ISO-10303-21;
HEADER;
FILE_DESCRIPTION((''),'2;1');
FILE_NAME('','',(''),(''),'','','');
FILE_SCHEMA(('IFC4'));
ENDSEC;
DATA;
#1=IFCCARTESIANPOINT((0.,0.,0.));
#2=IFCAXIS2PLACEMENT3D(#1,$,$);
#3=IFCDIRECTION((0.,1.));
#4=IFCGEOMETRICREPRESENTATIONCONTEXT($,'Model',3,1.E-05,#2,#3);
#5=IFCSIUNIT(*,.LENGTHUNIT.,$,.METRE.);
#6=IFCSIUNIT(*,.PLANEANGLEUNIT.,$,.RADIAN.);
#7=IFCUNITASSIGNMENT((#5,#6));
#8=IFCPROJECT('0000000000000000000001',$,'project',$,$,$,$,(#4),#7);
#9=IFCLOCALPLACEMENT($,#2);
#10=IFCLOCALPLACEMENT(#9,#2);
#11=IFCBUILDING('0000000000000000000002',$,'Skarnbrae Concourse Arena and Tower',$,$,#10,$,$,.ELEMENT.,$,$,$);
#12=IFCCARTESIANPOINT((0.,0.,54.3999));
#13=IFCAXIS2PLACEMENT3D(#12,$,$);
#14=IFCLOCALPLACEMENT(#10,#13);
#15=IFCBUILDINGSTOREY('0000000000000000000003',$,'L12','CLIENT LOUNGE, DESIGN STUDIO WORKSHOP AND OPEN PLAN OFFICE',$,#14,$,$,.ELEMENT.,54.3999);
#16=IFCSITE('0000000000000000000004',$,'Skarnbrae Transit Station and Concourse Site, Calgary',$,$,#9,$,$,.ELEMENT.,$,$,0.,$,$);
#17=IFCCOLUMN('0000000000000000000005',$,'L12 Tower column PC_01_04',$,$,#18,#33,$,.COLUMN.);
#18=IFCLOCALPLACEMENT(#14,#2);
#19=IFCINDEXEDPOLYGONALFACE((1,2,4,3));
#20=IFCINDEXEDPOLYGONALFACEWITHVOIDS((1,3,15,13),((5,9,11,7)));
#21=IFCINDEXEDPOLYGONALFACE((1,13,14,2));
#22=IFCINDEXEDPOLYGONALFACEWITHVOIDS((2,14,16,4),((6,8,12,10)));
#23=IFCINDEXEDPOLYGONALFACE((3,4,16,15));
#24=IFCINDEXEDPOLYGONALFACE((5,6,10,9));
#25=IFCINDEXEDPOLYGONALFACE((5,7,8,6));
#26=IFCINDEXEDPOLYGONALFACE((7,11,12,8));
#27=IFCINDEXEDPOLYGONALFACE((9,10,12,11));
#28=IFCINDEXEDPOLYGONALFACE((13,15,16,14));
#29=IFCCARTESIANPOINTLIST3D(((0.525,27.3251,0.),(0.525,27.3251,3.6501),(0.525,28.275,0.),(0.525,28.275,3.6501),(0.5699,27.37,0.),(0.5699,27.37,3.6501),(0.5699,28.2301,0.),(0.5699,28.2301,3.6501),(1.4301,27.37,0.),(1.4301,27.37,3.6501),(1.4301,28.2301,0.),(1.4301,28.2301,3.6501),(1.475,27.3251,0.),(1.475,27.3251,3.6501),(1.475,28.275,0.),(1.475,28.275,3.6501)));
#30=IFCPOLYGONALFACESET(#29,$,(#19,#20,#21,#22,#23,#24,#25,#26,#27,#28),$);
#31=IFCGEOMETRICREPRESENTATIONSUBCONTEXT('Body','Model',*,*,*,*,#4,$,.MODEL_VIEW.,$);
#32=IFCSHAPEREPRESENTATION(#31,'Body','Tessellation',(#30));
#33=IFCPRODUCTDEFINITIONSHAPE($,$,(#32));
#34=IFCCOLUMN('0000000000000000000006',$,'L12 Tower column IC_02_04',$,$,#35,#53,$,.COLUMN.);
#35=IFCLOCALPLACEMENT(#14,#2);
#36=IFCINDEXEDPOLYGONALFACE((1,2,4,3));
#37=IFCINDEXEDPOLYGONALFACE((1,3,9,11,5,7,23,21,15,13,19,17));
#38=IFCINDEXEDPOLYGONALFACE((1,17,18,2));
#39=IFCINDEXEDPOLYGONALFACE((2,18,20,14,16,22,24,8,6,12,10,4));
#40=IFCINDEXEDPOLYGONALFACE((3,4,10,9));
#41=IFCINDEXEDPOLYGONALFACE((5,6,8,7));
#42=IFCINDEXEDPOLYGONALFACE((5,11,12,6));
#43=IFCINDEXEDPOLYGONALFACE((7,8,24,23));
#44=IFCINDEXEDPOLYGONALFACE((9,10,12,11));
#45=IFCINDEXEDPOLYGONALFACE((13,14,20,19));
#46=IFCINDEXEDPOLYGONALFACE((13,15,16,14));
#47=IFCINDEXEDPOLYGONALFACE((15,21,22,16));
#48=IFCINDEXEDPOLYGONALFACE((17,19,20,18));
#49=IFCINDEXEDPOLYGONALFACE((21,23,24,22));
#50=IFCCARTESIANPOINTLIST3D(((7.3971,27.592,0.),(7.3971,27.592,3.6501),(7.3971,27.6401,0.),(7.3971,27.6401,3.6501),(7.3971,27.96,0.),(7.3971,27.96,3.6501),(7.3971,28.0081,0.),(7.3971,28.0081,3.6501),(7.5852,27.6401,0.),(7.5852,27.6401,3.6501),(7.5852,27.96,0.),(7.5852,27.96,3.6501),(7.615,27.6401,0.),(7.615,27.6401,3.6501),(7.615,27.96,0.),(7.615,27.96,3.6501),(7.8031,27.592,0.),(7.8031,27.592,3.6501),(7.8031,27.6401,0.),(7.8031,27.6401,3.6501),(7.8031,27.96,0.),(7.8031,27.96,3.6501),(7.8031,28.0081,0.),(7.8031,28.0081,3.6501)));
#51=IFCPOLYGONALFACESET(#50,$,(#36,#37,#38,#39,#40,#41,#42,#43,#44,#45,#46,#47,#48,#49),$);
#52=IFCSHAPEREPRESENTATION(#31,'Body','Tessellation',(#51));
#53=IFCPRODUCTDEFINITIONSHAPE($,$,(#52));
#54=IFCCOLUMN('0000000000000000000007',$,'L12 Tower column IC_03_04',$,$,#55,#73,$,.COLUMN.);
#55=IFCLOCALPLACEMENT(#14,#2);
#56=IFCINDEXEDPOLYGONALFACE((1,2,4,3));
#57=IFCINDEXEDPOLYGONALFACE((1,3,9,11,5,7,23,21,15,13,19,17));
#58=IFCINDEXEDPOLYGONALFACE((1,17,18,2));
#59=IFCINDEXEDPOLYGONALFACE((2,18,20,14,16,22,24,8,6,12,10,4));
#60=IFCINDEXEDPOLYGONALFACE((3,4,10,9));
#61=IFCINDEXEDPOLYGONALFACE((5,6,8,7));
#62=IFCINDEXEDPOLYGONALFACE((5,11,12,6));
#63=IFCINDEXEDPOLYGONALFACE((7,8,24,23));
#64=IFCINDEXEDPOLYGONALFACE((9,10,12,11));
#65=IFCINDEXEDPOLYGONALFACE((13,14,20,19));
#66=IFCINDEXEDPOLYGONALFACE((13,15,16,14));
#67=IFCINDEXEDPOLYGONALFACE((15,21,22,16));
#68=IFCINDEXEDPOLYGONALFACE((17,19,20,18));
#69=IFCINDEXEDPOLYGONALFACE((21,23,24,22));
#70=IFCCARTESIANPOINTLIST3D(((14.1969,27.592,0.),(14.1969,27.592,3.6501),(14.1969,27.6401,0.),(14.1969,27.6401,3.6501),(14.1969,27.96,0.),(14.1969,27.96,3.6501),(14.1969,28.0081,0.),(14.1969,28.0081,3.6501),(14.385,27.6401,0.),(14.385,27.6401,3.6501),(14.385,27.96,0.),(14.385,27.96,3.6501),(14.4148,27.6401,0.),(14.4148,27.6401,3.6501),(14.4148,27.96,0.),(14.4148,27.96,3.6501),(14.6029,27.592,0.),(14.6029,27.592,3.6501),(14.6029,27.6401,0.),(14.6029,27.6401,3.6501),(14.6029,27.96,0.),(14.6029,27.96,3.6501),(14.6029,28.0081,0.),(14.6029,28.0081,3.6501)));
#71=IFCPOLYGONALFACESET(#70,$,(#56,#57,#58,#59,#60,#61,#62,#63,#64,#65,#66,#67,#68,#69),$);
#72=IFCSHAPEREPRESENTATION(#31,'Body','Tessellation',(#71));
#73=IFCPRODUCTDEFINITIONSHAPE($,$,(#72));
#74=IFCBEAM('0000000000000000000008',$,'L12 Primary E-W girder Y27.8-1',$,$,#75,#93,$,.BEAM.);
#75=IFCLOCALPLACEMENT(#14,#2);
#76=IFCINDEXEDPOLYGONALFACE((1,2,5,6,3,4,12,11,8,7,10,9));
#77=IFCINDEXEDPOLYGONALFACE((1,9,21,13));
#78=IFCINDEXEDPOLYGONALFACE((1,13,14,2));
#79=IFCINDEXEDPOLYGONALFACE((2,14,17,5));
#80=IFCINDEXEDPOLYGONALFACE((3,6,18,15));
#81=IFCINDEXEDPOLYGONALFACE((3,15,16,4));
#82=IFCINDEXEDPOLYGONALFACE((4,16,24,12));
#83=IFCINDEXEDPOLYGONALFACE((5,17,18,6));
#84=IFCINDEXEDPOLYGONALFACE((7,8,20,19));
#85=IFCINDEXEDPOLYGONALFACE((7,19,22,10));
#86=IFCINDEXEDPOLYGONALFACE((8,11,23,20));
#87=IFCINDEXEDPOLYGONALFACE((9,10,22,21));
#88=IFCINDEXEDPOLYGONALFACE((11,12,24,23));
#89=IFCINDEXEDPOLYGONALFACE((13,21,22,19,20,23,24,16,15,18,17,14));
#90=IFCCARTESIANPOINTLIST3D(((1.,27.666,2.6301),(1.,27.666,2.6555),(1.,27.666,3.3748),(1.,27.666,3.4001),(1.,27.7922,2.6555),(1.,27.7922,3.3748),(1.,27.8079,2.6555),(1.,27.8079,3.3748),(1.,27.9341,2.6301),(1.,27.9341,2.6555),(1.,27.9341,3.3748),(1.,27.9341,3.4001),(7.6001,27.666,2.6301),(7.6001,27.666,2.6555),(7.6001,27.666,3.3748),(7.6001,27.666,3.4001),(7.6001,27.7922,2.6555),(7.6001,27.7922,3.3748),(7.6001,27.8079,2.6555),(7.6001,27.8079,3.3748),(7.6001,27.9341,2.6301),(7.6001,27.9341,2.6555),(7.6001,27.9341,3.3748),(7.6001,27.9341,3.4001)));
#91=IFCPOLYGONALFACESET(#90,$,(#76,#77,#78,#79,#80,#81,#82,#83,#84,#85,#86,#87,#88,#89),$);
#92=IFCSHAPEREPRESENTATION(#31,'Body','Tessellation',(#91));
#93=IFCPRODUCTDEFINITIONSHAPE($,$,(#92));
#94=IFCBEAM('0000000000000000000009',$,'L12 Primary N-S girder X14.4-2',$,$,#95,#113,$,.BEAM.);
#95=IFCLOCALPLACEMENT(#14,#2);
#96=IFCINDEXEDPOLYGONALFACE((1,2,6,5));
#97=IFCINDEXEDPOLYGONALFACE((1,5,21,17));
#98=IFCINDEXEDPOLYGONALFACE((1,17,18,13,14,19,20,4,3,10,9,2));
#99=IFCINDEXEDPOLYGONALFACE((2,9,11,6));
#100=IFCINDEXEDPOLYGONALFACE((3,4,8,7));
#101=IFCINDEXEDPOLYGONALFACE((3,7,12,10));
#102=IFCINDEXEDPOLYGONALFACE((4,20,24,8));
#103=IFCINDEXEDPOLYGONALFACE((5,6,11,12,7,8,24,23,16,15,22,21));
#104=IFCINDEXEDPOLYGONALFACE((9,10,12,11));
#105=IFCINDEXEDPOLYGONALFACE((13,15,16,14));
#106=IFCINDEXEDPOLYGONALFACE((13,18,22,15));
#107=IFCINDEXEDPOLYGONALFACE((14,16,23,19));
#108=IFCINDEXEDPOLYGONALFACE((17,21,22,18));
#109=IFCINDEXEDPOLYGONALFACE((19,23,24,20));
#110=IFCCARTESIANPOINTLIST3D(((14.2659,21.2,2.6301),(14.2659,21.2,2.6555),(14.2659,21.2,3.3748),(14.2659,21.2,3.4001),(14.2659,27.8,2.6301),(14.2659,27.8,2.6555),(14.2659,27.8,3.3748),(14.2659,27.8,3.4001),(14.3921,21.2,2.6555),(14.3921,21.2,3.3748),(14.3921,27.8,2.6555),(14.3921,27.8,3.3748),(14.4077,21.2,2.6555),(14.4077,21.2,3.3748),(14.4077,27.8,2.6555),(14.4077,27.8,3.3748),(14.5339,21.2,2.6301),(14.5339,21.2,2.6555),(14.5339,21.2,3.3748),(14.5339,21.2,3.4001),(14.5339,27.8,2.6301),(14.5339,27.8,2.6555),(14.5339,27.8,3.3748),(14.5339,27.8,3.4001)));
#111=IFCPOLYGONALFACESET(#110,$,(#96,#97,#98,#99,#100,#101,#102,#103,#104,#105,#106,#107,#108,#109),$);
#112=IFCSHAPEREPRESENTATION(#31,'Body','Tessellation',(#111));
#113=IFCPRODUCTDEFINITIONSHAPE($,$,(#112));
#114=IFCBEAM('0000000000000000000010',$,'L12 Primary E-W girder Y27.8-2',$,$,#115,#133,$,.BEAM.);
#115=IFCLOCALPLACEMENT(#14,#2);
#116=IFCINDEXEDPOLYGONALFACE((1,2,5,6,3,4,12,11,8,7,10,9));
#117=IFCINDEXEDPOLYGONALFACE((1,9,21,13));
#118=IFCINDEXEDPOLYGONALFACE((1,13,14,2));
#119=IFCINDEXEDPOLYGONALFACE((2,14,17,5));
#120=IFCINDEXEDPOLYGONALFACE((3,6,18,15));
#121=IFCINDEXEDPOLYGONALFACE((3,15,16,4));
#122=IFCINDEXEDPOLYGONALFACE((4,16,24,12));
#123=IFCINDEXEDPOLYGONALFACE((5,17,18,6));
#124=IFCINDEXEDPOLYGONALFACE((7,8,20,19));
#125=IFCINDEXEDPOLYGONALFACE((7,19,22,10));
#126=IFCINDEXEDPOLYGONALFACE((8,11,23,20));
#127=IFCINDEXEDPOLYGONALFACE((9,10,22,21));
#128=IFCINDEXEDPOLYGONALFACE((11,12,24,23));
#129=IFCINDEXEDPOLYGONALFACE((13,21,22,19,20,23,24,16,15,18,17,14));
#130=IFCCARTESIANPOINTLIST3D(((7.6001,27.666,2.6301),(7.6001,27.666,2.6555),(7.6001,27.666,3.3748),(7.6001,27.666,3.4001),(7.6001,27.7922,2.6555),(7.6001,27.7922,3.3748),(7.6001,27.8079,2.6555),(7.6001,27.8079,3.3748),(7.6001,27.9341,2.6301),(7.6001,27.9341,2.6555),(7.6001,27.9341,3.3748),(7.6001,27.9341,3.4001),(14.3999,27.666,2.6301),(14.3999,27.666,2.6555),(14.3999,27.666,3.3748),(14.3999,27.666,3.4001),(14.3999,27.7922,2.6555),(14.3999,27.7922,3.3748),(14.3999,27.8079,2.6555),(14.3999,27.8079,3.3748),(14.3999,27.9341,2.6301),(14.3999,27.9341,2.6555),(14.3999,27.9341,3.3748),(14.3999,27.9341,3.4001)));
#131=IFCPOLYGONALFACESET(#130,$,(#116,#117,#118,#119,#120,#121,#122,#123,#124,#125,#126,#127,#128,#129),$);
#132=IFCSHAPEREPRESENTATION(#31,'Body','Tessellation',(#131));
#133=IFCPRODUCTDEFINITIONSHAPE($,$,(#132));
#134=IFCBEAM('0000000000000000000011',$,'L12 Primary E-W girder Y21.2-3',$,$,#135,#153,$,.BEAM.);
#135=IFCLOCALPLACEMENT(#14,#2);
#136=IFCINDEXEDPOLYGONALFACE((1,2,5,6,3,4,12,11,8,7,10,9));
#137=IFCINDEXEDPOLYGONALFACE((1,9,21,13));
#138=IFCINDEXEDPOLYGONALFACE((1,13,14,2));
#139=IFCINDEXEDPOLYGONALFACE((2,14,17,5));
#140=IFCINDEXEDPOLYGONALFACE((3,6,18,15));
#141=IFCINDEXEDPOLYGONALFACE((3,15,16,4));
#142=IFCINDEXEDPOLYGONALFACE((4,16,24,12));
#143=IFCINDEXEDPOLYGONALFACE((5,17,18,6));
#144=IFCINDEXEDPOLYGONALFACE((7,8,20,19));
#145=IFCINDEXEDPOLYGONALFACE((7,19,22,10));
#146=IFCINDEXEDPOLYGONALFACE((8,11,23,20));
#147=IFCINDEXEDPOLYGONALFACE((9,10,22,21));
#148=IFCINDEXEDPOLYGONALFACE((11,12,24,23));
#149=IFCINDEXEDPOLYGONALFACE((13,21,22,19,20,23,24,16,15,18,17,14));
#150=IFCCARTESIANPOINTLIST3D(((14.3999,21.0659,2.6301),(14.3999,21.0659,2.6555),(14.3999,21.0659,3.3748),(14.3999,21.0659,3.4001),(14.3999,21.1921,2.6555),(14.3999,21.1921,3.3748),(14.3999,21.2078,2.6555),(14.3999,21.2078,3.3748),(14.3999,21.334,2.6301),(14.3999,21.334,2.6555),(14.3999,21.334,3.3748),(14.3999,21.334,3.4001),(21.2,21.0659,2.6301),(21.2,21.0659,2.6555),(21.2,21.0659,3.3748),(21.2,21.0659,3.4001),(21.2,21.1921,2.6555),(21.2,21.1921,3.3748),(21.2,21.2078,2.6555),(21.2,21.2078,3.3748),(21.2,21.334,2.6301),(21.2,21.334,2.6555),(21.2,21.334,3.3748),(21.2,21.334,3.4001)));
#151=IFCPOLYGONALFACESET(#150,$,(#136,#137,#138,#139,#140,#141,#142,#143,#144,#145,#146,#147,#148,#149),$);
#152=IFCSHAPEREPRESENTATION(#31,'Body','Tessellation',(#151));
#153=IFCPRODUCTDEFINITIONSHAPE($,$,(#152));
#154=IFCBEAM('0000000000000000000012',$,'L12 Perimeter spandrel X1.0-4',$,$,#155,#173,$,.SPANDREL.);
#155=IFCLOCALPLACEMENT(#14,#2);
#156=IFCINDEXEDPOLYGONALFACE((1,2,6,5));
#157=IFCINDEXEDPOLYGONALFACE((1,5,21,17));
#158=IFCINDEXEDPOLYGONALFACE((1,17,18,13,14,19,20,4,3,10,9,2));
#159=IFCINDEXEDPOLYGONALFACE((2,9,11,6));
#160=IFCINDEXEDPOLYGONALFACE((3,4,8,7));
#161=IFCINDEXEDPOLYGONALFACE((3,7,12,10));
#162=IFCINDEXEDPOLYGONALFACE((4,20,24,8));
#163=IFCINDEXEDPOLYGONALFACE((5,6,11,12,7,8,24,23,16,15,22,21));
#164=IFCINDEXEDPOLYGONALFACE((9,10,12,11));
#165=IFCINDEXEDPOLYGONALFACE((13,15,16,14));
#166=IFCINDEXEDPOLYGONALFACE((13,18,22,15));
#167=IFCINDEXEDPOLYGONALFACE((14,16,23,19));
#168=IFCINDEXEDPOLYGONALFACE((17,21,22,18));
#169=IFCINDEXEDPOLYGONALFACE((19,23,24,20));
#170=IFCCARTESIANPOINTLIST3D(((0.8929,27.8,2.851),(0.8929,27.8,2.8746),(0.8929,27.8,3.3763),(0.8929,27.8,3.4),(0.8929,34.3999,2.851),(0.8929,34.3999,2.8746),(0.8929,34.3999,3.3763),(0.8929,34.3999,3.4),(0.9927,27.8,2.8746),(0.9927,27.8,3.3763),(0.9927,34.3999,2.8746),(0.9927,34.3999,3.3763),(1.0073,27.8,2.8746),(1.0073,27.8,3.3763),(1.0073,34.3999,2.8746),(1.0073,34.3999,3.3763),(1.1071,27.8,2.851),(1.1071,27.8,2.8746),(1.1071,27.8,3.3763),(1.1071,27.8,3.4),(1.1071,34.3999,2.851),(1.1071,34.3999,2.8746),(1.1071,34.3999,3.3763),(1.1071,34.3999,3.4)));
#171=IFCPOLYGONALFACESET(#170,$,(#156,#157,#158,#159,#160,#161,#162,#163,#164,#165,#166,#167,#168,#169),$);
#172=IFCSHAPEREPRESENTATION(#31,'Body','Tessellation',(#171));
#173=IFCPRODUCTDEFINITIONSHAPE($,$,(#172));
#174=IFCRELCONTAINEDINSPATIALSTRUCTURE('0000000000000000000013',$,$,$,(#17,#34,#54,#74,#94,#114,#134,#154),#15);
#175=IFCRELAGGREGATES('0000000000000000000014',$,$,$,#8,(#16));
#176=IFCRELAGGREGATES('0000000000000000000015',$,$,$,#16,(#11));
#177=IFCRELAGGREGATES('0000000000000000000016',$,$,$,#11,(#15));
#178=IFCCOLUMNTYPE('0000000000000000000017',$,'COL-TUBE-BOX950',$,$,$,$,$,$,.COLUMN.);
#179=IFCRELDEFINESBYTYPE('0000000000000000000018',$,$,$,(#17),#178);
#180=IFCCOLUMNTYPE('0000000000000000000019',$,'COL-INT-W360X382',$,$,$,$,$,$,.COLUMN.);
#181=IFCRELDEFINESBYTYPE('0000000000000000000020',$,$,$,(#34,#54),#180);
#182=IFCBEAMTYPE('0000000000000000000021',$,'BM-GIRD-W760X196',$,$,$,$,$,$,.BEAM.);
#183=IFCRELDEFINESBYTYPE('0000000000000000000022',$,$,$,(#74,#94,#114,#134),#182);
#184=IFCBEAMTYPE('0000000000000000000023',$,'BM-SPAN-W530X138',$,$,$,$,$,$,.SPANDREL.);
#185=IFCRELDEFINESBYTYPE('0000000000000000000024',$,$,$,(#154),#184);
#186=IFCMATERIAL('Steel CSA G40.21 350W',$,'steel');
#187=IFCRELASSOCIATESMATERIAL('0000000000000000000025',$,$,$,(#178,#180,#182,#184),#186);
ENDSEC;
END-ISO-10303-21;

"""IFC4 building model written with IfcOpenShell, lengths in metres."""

from ifc_helpers import new_model, si_unit, direction, frame, origin, origin_2d, place, context, subcontext, project, spatial, hollow_rectangle, i_section, extrude, source, transform, mapped, material, material_profile, profile_set, type_object, element, save


model = new_model("IFC4")

# Units and contexts
model_context = context("Model", 3, precision=1e-05, world=origin(), true_north=direction((0.0, 1.0)))
body_context = subcontext(model_context, "Body", "Model", "MODEL_VIEW")
ifc_project = project(units=[si_unit("LENGTHUNIT", "METRE"), si_unit("PLANEANGLEUNIT", "RADIAN")], contexts=[model_context])

# Site, building, storey
site_placement = place(None, origin())
site = spatial("IfcSite", under=ifc_project, at=site_placement, Name="Skarnbrae Transit Station and Concourse Site, Calgary", CompositionType="ELEMENT", RefElevation=0.0)
building_placement = place(site_placement, origin())
building = spatial("IfcBuilding", under=site, at=building_placement, Name="Skarnbrae Concourse Arena and Tower", CompositionType="ELEMENT")
storey_placement = place(building_placement, frame((0.0, 0.0, 54.3999)))
storey = spatial("IfcBuildingStorey", under=building, at=storey_placement, Name="L12", Description="CLIENT LOUNGE, DESIGN STUDIO WORKSHOP AND OPEN PLAN OFFICE", CompositionType="ELEMENT", Elevation=54.3999)

# Columns
ifc_material_1 = material(Name="Steel CSA G40.21 350W", Category="steel")
ifc_material_profile_1 = material_profile(ifc_material_1, hollow_rectangle(XDim=0.95, YDim=0.95, WallThickness=0.0449, at=origin_2d()), Name="BOX950X950X45")
ifc_profile_set_1 = profile_set([ifc_material_profile_1], Name="Steel CSA G40.21 350W")
column_type_1 = type_object("IfcColumnType", Name="COL-TUBE-BOX950", PredefinedType="COLUMN", material=ifc_profile_set_1)
shared_shape_1 = source(origin(), body_context, "Body", "SweptSolid", [
    extrude(hollow_rectangle(XDim=0.95, YDim=0.95, WallThickness=0.0449, at=origin_2d()), origin(), (0.0, 0.0, 1.0), 3.6501),
])
column_placement = place(storey_placement, frame((1.0, 27.8, 0.0), z_axis=(0.0, 0.0, 1.0), x_axis=(1.0, 0.0, 0.0)))
element("IfcColumn", 1, at=column_placement, inside=storey, type_object=column_type_1, Name="L12 Tower column PC_01_04", PredefinedType="COLUMN", context=body_context, shape_type="MappedRepresentation", body=[
    mapped(shared_shape_1, transform((0.0, 0.0, 0.0))),
])
ifc_material_profile_2 = material_profile(ifc_material_1, i_section(OverallWidth=0.406, OverallDepth=0.416, WebThickness=0.0298, FlangeThickness=0.0481, at=origin_2d()), Name="W360X382")
ifc_profile_set_2 = profile_set([ifc_material_profile_2], Name="Steel CSA G40.21 350W")
column_type_2 = type_object("IfcColumnType", Name="COL-INT-W360X382", PredefinedType="COLUMN", material=ifc_profile_set_2)
shared_shape_2 = source(origin(), body_context, "Body", "SweptSolid", [
    extrude(i_section(OverallWidth=0.406, OverallDepth=0.416, WebThickness=0.0298, FlangeThickness=0.0481, at=origin_2d()), origin(), (0.0, 0.0, 1.0), 3.6501),
])
for number, where, z_axis, x_axis, name in (
    (2, (7.6001, 27.8, 0.0), (0.0, 0.0, 1.0), (1.0, 0.0, 0.0), "L12 Tower column IC_02_04"),
    (3, (14.3999, 27.8, 0.0), (0.0, 0.0, 1.0), (1.0, 0.0, 0.0), "L12 Tower column IC_03_04"),
):
    element("IfcColumn", number, at=place(storey_placement, frame(where, z_axis=z_axis, x_axis=x_axis)), inside=storey, type_object=column_type_2, Name=name, PredefinedType="COLUMN", context=body_context, shape_type="MappedRepresentation", body=[
        mapped(shared_shape_2, transform((0.0, 0.0, 0.0))),
    ])

# Beams
ifc_material_profile_3 = material_profile(ifc_material_1, i_section(OverallWidth=0.2681, OverallDepth=0.77, WebThickness=0.0156, FlangeThickness=0.0254, at=origin_2d()), Name="W760X196")
ifc_profile_set_3 = profile_set([ifc_material_profile_3], Name="Steel CSA G40.21 350W")
beam_type_1 = type_object("IfcBeamType", Name="BM-GIRD-W760X196", PredefinedType="BEAM", material=ifc_profile_set_3)
shared_shape_3 = source(origin(), body_context, "Body", "SweptSolid", [
    extrude(i_section(OverallWidth=0.2681, OverallDepth=0.77, WebThickness=0.0156, FlangeThickness=0.0254, at=origin_2d()), origin(), (0.0, 0.0, 1.0), 6.6001),
])
for number, where, z_axis, x_axis, name in (
    (4, (1.0, 27.8, 3.0151), (1.0, 0.0, 0.0), (0.0, 1.0, 0.0), "L12 Primary E-W girder Y27.8-1"),
    (5, (14.3999, 21.2, 3.0151), (0.0, 1.0, 0.0), (-1.0, 0.0, 0.0), "L12 Primary N-S girder X14.4-2"),
):
    element("IfcBeam", number, at=place(storey_placement, frame(where, z_axis=z_axis, x_axis=x_axis)), inside=storey, type_object=beam_type_1, Name=name, PredefinedType="BEAM", context=body_context, shape_type="MappedRepresentation", body=[
        mapped(shared_shape_3, transform((0.0, 0.0, 0.0))),
    ])
shared_shape_4 = source(origin(), body_context, "Body", "SweptSolid", [
    extrude(i_section(OverallWidth=0.2681, OverallDepth=0.77, WebThickness=0.0156, FlangeThickness=0.0254, at=origin_2d()), origin(), (0.0, 0.0, 1.0), 6.7998),
])
beam_1_placement = place(storey_placement, frame((7.6001, 27.8, 3.0151), z_axis=(1.0, 0.0, 0.0), x_axis=(0.0, 1.0, 0.0)))
element("IfcBeam", 6, at=beam_1_placement, inside=storey, type_object=beam_type_1, Name="L12 Primary E-W girder Y27.8-2", PredefinedType="BEAM", context=body_context, shape_type="MappedRepresentation", body=[
    mapped(shared_shape_4, transform((0.0, 0.0, 0.0))),
])
shared_shape_5 = source(origin(), body_context, "Body", "SweptSolid", [
    extrude(i_section(OverallWidth=0.2681, OverallDepth=0.77, WebThickness=0.0156, FlangeThickness=0.0254, at=origin_2d()), origin(), (0.0, 0.0, 1.0), 6.8),
])
beam_2_placement = place(storey_placement, frame((14.3999, 21.2, 3.0151), z_axis=(1.0, 0.0, 0.0), x_axis=(0.0, 1.0, 0.0)))
element("IfcBeam", 7, at=beam_2_placement, inside=storey, type_object=beam_type_1, Name="L12 Primary E-W girder Y21.2-3", PredefinedType="BEAM", context=body_context, shape_type="MappedRepresentation", body=[
    mapped(shared_shape_5, transform((0.0, 0.0, 0.0))),
])
ifc_material_profile_4 = material_profile(ifc_material_1, i_section(OverallWidth=0.2141, OverallDepth=0.5491, WebThickness=0.0146, FlangeThickness=0.0237, at=origin_2d()), Name="W530X138")
ifc_profile_set_4 = profile_set([ifc_material_profile_4], Name="Steel CSA G40.21 350W")
beam_type_2 = type_object("IfcBeamType", Name="BM-SPAN-W530X138", PredefinedType="SPANDREL", material=ifc_profile_set_4)
shared_shape_6 = source(origin(), body_context, "Body", "SweptSolid", [
    extrude(i_section(OverallWidth=0.2141, OverallDepth=0.5491, WebThickness=0.0146, FlangeThickness=0.0237, at=origin_2d()), origin(), (0.0, 0.0, 1.0), 6.5999),
])
beam_3_placement = place(storey_placement, frame((1.0, 27.8, 3.1255), z_axis=(0.0, 1.0, 0.0), x_axis=(-1.0, 0.0, 0.0)))
element("IfcBeam", 8, at=beam_3_placement, inside=storey, type_object=beam_type_2, Name="L12 Perimeter spandrel X1.0-4", PredefinedType="SPANDREL", context=body_context, shape_type="MappedRepresentation", body=[
    mapped(shared_shape_6, transform((0.0, 0.0, 0.0))),
])

save(model, "model.ifc")
